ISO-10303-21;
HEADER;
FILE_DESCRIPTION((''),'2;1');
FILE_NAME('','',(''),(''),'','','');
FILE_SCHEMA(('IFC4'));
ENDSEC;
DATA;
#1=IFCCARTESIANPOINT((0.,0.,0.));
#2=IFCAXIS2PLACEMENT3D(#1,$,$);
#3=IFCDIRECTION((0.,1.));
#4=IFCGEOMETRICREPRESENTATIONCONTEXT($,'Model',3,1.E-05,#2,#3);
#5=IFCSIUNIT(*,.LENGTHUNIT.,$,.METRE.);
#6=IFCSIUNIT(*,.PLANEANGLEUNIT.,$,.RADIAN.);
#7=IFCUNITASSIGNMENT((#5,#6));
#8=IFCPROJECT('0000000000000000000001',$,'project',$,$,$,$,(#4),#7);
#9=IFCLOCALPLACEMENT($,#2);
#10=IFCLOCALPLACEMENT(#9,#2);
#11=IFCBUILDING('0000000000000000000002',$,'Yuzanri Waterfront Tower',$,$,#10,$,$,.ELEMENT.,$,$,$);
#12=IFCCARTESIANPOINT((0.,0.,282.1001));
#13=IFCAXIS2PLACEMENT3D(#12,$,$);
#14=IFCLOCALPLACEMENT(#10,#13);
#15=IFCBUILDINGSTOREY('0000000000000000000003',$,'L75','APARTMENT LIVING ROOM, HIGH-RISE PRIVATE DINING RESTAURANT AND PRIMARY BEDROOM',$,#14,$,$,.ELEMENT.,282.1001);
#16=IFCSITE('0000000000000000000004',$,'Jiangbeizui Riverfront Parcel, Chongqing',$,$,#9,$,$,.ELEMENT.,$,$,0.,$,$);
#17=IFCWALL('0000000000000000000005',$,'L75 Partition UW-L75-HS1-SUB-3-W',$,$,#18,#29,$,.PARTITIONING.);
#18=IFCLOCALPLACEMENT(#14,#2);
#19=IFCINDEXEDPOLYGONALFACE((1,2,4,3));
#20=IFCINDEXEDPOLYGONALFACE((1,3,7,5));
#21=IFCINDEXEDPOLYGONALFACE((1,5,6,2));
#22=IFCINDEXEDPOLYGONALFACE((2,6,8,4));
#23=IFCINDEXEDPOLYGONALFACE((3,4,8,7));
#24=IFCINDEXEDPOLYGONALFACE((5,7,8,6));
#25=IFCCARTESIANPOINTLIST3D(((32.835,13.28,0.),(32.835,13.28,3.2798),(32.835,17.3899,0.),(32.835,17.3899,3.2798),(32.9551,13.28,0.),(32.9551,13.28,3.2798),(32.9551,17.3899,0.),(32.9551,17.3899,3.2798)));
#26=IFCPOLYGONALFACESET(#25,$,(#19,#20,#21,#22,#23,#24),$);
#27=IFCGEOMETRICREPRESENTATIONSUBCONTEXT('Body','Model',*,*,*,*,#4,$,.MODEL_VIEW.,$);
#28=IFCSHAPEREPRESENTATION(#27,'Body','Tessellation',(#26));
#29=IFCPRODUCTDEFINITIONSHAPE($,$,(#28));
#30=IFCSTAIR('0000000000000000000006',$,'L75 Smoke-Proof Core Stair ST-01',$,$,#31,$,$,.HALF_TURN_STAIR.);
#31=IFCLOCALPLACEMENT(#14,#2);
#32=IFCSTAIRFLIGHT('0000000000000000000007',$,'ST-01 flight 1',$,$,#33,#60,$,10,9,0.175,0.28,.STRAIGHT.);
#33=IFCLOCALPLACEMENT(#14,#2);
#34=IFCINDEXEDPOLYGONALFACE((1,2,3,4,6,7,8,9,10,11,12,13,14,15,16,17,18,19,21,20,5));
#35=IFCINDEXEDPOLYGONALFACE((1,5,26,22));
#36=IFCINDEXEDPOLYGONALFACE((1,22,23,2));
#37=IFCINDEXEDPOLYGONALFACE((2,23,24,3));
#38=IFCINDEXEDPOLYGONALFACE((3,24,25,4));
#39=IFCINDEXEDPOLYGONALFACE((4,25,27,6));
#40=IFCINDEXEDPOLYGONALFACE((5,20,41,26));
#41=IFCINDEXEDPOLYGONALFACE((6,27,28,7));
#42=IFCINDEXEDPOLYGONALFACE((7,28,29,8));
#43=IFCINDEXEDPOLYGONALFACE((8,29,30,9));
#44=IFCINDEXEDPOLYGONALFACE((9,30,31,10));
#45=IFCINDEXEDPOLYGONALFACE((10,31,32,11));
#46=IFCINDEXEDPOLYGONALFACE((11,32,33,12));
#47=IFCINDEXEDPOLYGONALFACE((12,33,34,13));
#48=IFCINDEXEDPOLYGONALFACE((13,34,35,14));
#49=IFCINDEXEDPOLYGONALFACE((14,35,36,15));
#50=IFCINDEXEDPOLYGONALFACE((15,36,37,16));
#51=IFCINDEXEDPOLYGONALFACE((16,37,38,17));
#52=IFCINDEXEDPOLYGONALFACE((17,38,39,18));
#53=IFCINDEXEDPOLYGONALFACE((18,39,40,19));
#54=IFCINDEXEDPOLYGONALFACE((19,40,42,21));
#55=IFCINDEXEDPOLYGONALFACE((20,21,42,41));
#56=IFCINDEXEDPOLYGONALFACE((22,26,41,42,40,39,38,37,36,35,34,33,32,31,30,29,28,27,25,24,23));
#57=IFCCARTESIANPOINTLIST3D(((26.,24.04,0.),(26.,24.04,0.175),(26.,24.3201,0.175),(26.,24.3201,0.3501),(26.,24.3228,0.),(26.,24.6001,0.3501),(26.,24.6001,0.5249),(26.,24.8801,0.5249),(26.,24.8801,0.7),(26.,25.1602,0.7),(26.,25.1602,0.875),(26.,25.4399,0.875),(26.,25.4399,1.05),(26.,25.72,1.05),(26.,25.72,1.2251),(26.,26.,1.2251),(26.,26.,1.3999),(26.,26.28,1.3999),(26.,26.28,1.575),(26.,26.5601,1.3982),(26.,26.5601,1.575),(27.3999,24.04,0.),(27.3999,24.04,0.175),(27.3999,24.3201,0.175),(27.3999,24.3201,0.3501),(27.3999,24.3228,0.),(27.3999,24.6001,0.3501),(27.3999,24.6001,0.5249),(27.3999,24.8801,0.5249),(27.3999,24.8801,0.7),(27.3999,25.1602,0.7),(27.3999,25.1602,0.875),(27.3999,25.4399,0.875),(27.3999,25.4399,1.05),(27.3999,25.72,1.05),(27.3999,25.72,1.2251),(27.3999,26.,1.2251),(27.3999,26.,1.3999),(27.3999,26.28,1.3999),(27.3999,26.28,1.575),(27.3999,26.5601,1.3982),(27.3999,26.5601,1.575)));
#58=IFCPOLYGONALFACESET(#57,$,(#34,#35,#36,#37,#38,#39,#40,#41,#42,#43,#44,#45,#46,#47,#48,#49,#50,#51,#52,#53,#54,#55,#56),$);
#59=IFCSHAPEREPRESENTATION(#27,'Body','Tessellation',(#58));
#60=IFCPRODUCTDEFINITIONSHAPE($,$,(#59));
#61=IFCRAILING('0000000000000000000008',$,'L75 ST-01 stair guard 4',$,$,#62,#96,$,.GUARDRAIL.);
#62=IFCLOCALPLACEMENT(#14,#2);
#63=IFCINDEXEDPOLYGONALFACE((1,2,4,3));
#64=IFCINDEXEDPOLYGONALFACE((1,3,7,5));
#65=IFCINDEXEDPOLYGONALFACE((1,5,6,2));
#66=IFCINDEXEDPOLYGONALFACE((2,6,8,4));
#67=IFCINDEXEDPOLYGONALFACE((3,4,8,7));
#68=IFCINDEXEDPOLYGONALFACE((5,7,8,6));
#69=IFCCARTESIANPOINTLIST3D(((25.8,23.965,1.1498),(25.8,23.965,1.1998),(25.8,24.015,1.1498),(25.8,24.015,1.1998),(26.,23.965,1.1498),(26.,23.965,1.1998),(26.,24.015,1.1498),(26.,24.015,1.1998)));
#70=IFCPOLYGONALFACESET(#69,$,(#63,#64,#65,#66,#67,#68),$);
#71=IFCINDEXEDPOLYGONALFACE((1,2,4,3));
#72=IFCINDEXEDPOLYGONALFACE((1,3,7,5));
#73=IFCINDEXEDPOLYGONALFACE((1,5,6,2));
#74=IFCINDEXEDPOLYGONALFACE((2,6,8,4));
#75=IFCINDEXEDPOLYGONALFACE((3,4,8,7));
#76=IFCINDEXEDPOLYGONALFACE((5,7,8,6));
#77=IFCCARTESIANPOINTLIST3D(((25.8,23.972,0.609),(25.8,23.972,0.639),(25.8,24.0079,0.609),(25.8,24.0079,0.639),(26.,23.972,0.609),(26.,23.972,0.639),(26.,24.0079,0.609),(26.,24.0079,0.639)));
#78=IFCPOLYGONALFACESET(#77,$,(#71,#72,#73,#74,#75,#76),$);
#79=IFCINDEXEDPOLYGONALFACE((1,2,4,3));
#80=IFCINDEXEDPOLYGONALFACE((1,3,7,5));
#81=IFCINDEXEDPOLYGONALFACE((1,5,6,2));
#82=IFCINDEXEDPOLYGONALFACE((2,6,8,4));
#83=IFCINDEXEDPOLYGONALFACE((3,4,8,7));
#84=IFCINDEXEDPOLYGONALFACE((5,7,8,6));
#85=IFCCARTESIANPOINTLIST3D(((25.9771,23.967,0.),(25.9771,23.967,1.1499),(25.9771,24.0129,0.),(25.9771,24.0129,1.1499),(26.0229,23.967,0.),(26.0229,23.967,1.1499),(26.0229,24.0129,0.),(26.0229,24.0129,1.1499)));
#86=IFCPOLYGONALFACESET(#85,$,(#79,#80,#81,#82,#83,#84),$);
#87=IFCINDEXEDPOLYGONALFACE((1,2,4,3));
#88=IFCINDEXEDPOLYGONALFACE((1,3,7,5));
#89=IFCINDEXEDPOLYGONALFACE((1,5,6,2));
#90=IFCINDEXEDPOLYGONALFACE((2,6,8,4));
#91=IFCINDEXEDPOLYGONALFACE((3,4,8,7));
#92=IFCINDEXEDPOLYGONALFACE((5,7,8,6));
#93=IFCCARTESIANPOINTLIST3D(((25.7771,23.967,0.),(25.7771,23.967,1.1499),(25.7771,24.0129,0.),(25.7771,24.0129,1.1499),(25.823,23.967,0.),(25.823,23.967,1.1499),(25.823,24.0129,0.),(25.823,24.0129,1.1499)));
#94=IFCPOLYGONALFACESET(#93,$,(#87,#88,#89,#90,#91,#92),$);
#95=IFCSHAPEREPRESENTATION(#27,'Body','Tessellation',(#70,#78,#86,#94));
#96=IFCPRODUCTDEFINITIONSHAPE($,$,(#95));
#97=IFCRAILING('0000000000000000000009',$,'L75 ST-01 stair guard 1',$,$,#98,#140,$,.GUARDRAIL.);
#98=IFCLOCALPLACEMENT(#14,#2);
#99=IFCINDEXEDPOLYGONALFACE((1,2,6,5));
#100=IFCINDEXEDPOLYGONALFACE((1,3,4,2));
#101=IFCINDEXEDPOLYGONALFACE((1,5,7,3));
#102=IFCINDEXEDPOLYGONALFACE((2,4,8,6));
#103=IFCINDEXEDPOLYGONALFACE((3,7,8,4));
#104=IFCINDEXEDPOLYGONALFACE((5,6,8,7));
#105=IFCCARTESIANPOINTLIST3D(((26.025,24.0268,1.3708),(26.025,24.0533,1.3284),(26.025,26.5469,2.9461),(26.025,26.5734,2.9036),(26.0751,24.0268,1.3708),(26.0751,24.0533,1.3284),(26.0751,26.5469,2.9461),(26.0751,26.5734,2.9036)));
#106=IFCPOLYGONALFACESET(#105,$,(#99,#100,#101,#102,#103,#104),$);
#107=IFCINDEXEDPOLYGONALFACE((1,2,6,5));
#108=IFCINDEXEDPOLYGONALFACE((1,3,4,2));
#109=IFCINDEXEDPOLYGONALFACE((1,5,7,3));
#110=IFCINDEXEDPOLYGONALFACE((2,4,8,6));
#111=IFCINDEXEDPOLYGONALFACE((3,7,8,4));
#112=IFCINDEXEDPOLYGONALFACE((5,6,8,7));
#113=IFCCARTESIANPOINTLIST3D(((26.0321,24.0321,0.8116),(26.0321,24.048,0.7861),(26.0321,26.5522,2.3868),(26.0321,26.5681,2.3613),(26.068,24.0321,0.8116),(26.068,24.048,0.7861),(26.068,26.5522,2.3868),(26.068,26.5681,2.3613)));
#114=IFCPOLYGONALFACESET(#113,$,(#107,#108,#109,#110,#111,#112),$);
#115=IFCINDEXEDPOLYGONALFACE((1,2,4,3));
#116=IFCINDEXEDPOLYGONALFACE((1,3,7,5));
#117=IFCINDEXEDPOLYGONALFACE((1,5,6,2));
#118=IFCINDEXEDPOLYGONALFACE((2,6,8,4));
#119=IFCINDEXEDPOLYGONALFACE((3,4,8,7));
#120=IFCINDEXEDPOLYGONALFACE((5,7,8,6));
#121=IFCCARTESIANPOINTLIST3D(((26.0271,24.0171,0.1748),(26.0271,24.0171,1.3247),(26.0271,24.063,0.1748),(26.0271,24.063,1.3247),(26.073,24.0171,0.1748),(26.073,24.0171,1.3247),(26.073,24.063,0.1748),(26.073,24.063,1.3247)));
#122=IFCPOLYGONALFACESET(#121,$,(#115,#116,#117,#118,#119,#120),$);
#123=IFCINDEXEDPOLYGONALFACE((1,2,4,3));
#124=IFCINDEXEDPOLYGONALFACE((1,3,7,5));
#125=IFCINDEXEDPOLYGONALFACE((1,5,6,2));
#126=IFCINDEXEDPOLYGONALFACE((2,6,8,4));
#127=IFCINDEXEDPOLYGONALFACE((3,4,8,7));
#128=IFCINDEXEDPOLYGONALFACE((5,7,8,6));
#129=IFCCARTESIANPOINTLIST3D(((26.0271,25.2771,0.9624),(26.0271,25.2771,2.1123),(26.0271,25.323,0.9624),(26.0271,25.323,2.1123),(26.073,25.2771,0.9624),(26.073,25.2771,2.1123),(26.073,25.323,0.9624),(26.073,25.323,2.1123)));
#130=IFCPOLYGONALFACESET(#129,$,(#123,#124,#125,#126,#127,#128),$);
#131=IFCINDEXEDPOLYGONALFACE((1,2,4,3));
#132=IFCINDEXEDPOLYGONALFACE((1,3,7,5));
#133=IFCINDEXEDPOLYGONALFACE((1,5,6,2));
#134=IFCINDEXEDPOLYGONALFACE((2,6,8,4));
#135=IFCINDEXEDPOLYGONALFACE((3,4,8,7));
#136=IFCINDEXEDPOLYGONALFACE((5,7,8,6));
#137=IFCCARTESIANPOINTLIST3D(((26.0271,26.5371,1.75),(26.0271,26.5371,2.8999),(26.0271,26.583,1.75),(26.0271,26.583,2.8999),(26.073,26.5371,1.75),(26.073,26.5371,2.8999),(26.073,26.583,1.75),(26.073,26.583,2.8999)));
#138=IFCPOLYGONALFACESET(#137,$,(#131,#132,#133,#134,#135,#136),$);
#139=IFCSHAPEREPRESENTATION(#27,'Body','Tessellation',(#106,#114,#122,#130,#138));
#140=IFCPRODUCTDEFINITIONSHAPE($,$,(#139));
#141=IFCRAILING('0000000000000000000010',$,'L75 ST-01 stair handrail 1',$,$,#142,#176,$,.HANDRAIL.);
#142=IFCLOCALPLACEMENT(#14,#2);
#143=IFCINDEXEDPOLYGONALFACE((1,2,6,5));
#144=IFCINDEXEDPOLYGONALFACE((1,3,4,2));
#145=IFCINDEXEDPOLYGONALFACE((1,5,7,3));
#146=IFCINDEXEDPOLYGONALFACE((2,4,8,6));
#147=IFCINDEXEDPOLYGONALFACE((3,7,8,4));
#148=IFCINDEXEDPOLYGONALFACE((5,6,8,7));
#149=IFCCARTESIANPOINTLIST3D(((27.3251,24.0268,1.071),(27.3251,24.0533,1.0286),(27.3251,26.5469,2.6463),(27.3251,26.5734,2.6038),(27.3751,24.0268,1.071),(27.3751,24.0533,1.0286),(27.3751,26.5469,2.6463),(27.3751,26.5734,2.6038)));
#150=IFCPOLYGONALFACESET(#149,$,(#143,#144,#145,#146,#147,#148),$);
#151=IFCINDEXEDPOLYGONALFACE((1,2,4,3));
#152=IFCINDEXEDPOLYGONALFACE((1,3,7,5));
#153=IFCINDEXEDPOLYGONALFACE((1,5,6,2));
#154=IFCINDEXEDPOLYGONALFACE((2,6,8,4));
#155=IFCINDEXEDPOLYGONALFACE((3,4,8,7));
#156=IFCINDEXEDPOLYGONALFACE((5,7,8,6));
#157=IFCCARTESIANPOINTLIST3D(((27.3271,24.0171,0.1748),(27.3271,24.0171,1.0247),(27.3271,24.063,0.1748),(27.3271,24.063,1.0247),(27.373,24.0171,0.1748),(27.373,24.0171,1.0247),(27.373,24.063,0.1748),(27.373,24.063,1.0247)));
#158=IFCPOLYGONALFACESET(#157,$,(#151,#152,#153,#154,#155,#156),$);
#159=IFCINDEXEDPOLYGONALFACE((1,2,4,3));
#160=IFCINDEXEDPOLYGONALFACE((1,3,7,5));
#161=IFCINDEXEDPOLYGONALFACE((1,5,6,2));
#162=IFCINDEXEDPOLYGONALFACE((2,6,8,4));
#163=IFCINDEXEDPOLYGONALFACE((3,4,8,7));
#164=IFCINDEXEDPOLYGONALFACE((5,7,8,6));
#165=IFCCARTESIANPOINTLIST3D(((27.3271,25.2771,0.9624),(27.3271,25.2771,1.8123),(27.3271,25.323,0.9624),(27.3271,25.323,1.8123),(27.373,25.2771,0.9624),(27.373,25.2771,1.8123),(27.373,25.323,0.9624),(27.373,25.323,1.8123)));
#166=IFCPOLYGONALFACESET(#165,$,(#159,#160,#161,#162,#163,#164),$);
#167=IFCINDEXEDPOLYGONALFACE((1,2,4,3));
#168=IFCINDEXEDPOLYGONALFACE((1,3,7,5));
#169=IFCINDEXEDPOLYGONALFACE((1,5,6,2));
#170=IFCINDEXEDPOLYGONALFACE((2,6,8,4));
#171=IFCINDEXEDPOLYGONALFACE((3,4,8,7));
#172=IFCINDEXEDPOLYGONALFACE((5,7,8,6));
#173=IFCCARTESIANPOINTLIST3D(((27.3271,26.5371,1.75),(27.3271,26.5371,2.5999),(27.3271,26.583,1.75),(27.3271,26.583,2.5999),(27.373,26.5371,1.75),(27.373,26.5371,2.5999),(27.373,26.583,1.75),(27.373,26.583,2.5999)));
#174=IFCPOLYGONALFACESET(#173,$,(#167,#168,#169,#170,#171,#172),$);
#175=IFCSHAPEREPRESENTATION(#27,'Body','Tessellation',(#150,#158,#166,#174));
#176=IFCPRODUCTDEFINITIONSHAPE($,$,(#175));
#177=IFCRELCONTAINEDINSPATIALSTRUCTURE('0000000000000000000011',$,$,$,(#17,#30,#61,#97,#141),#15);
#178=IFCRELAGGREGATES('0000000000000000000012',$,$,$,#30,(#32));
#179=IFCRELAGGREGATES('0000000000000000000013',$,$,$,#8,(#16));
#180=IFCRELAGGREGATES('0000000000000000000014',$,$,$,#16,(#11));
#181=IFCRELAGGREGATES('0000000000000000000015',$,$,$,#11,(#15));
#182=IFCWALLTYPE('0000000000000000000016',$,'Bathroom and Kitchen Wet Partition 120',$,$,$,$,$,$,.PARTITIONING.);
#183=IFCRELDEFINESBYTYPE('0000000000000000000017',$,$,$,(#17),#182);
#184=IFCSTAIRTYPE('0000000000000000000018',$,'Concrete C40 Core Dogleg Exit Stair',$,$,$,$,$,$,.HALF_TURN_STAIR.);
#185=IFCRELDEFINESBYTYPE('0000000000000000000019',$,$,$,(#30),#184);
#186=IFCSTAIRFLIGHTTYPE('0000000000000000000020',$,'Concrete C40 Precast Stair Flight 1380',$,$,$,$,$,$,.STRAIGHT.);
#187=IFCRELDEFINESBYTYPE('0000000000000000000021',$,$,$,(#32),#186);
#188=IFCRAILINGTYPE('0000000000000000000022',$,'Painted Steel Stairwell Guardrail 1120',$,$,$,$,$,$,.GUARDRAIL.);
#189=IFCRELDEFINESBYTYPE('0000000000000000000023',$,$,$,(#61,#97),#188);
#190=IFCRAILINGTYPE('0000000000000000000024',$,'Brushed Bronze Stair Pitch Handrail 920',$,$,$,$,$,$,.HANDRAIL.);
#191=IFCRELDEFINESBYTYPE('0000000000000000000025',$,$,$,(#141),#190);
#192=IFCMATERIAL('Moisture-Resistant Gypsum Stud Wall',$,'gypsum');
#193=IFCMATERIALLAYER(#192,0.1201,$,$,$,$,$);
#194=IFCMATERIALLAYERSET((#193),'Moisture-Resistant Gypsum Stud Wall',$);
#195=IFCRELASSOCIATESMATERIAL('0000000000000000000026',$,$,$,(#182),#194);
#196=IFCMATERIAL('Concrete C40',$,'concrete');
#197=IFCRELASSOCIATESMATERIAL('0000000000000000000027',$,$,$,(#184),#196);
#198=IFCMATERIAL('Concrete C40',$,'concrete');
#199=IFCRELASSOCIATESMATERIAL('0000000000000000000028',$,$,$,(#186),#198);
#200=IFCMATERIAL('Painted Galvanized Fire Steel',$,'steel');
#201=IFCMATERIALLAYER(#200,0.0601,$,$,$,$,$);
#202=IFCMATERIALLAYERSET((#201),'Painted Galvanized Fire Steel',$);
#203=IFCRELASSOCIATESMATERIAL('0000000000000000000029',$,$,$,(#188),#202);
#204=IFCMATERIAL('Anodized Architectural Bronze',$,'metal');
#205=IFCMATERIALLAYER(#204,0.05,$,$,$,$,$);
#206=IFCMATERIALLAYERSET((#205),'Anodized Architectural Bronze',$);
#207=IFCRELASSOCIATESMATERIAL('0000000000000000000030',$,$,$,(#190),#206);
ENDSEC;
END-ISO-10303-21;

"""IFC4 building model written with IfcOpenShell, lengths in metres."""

from ifc_helpers import new_model, si_unit, direction, frame, frame_2d, origin, origin_2d, place, context, subcontext, project, spatial, polyline, rectangle, outline, extrude, source, transform, mapped, material, layer, layer_set, type_object, element, aggregate, save


model = new_model("IFC4")

# Units and contexts
model_context = context("Model", 3, precision=1e-05, world=origin(), true_north=direction((0.0, 1.0)))
body_context = subcontext(model_context, "Body", "Model", "MODEL_VIEW")
ifc_project = project(units=[si_unit("LENGTHUNIT", "METRE"), si_unit("PLANEANGLEUNIT", "RADIAN")], contexts=[model_context])

# Site, building, storey
site_placement = place(None, origin())
site = spatial("IfcSite", under=ifc_project, at=site_placement, Name="Jiangbeizui Riverfront Parcel, Chongqing", CompositionType="ELEMENT", RefElevation=0.0)
building_placement = place(site_placement, origin())
building = spatial("IfcBuilding", under=site, at=building_placement, Name="Yuzanri Waterfront Tower", CompositionType="ELEMENT")
storey_placement = place(building_placement, frame((0.0, 0.0, 282.1001)))
storey = spatial("IfcBuildingStorey", under=building, at=storey_placement, Name="L75", Description="APARTMENT LIVING ROOM, HIGH-RISE PRIVATE DINING RESTAURANT AND PRIMARY BEDROOM", CompositionType="ELEMENT", Elevation=282.1001)

# Wall
ifc_material_1 = material(Name="Moisture-Resistant Gypsum Stud Wall", Category="gypsum")
ifc_layer_1 = layer(ifc_material_1, 0.1201)
ifc_layer_set_1 = layer_set([ifc_layer_1], Name="Moisture-Resistant Gypsum Stud Wall")
wall_type_1 = type_object("IfcWallType", Name="Bathroom and Kitchen Wet Partition 120", PredefinedType="PARTITIONING", material=ifc_layer_set_1)
shared_shape_1 = source(origin(), body_context, "Body", "SweptSolid", [
    extrude(rectangle(XDim=4.1099, YDim=0.1201, at=frame_2d((2.0549, 0.0))), origin(), (0.0, 0.0, 1.0), 3.2798),
])
wall_1_placement = place(storey_placement, frame((32.895, 13.28, 0.0), z_axis=(0.0, 0.0, 1.0), x_axis=(0.0, 1.0, 0.0)))
element("IfcWall", 1, at=wall_1_placement, inside=storey, type_object=wall_type_1, Name="L75 Partition UW-L75-HS1-SUB-3-W", PredefinedType="PARTITIONING", context=body_context, shape_type="MappedRepresentation", body=[
    mapped(shared_shape_1, transform((0.0, 0.0, 0.0), scale=1.0)),
])

# Stair, stair flight
ifc_material_2 = material(Name="Concrete C40", Category="concrete")
stair_type = type_object("IfcStairType", Name="Concrete C40 Core Dogleg Exit Stair", PredefinedType="HALF_TURN_STAIR", material=ifc_material_2)
stair_placement = place(storey_placement, origin())
stair = element("IfcStair", 2, at=stair_placement, inside=storey, type_object=stair_type, Name="L75 Smoke-Proof Core Stair ST-01", PredefinedType="HALF_TURN_STAIR")
ifc_material_3 = material(Name="Concrete C40", Category="concrete")
stair_flight_type = type_object("IfcStairFlightType", Name="Concrete C40 Precast Stair Flight 1380", PredefinedType="STRAIGHT", material=ifc_material_3)
shared_shape_2 = source(origin(), body_context, "Body", "SweptSolid", [
    extrude(outline(polyline([(0.0, 0.0), (0.0, 0.175), (0.28, 0.175), (0.28, 0.3501), (0.5601, 0.3501), (0.5601, 0.5249), (0.8401, 0.5249), (0.8401, 0.7), (1.1201, 0.7), (1.1201, 0.875), (1.3999, 0.875), (1.3999, 1.05), (1.6799, 1.05), (1.6799, 1.2251), (1.96, 1.2251), (1.96, 1.3999), (2.24, 1.3999), (2.24, 1.575), (2.52, 1.575), (2.52, 1.75), (2.52, 1.3982), (0.2827, 0.0), (0.0, 0.0)])), frame((0.0, 0.7, 0.0), z_axis=(0.0, -1.0, 0.0), x_axis=(1.0, 0.0, 0.0)), (0.0, 0.0, 1.0), 1.3999),
])
stair_flight_placement = place(storey_placement, frame((26.7, 24.04, 0.0), z_axis=(0.0, 0.0, 1.0), x_axis=(0.0, 1.0, 0.0)))
stair_flight = element("IfcStairFlight", 3, at=stair_flight_placement, type_object=stair_flight_type, Name="ST-01 flight 1", NumberOfRisers=10, NumberOfTreads=9, PredefinedType="STRAIGHT", RiserHeight=0.175, TreadLength=0.28, context=body_context, shape_type="MappedRepresentation", body=[
    mapped(shared_shape_2, transform((0.0, 0.0, 0.0), scale=1.0)),
])
aggregate(stair, [stair_flight])

# Railings
ifc_material_4 = material(Name="Painted Galvanized Fire Steel", Category="steel")
ifc_layer_2 = layer(ifc_material_4, 0.0601)
ifc_layer_set_2 = layer_set([ifc_layer_2], Name="Painted Galvanized Fire Steel")
railing_type_1 = type_object("IfcRailingType", Name="Painted Steel Stairwell Guardrail 1120", PredefinedType="GUARDRAIL", material=ifc_layer_set_2)
shared_shape_3 = source(origin(), body_context, "Body", "SweptSolid", [
    extrude(rectangle(XDim=0.05, YDim=0.05, at=origin_2d()), frame((0.0, 0.0, 1.1748), z_axis=(-1.0, 0.0, 0.0), x_axis=(0.0, -1.0, 0.0)), (0.0, 0.0, 1.0), 0.2),
    extrude(rectangle(XDim=0.0359, YDim=0.03, at=origin_2d()), frame((0.0, 0.0, 0.624), z_axis=(-1.0, 0.0, 0.0), x_axis=(0.0, -1.0, 0.0)), (0.0, 0.0, 1.0), 0.2),
    extrude(rectangle(XDim=0.0459, YDim=0.0459, at=origin_2d()), origin(), (0.0, 0.0, 1.0), 1.1499),
    extrude(rectangle(XDim=0.0459, YDim=0.0459, at=origin_2d()), frame((-0.2, 0.0, 0.0)), (0.0, 0.0, 1.0), 1.1499),
])
railing_1_placement = place(storey_placement, frame((26.0, 23.99, 0.0)))
element("IfcRailing", 4, at=railing_1_placement, inside=storey, type_object=railing_type_1, Name="L75 ST-01 stair guard 4", PredefinedType="GUARDRAIL", context=body_context, shape_type="MappedRepresentation", body=[
    mapped(shared_shape_3, transform((0.0, 0.0, 0.0), scale=1.0)),
])
shared_shape_4 = source(origin(), body_context, "Body", "SweptSolid", [
    extrude(rectangle(XDim=0.05, YDim=0.05, at=origin_2d()), frame((0.0, 0.0, 1.1748), z_axis=(0.0, 0.847971, 0.530043), x_axis=(-1.0, 0.0, 0.0)), (0.0, 0.0, 1.0), 2.9719),
    extrude(rectangle(XDim=0.0359, YDim=0.03, at=origin_2d()), frame((0.0, 0.0, 0.624), z_axis=(0.0, 0.847971, 0.530043), x_axis=(-1.0, 0.0, 0.0)), (0.0, 0.0, 1.0), 2.9719),
    extrude(rectangle(XDim=0.0459, YDim=0.0459, at=origin_2d()), origin(), (0.0, 0.0, 1.0), 1.1499),
    extrude(rectangle(XDim=0.0459, YDim=0.0459, at=origin_2d()), frame((0.0, 1.26, 0.7876)), (0.0, 0.0, 1.0), 1.1499),
    extrude(rectangle(XDim=0.0459, YDim=0.0459, at=origin_2d()), frame((0.0, 2.52, 1.5752)), (0.0, 0.0, 1.0), 1.1499),
])
railing_2_placement = place(storey_placement, frame((26.05, 24.04, 0.1748)))
element("IfcRailing", 5, at=railing_2_placement, inside=storey, type_object=railing_type_1, Name="L75 ST-01 stair guard 1", PredefinedType="GUARDRAIL", context=body_context, shape_type="MappedRepresentation", body=[
    mapped(shared_shape_4, transform((0.0, 0.0, 0.0), scale=1.0)),
])
ifc_material_5 = material(Name="Anodized Architectural Bronze", Category="metal")
ifc_layer_3 = layer(ifc_material_5, 0.05)
ifc_layer_set_3 = layer_set([ifc_layer_3], Name="Anodized Architectural Bronze")
railing_type_2 = type_object("IfcRailingType", Name="Brushed Bronze Stair Pitch Handrail 920", PredefinedType="HANDRAIL", material=ifc_layer_set_3)
shared_shape_5 = source(origin(), body_context, "Body", "SweptSolid", [
    extrude(rectangle(XDim=0.05, YDim=0.05, at=origin_2d()), frame((0.0, 0.0, 0.875), z_axis=(0.0, 0.847971, 0.530043), x_axis=(-1.0, 0.0, 0.0)), (0.0, 0.0, 1.0), 2.9719),
    extrude(rectangle(XDim=0.0459, YDim=0.0459, at=origin_2d()), origin(), (0.0, 0.0, 1.0), 0.8499),
    extrude(rectangle(XDim=0.0459, YDim=0.0459, at=origin_2d()), frame((0.0, 1.26, 0.7876)), (0.0, 0.0, 1.0), 0.8499),
    extrude(rectangle(XDim=0.0459, YDim=0.0459, at=origin_2d()), frame((0.0, 2.52, 1.5752)), (0.0, 0.0, 1.0), 0.8499),
])
railing_3_placement = place(storey_placement, frame((27.3501, 24.04, 0.1748)))
element("IfcRailing", 6, at=railing_3_placement, inside=storey, type_object=railing_type_2, Name="L75 ST-01 stair handrail 1", PredefinedType="HANDRAIL", context=body_context, shape_type="MappedRepresentation", body=[
    mapped(shared_shape_5, transform((0.0, 0.0, 0.0), scale=1.0)),
])

save(model, "model.ifc")
